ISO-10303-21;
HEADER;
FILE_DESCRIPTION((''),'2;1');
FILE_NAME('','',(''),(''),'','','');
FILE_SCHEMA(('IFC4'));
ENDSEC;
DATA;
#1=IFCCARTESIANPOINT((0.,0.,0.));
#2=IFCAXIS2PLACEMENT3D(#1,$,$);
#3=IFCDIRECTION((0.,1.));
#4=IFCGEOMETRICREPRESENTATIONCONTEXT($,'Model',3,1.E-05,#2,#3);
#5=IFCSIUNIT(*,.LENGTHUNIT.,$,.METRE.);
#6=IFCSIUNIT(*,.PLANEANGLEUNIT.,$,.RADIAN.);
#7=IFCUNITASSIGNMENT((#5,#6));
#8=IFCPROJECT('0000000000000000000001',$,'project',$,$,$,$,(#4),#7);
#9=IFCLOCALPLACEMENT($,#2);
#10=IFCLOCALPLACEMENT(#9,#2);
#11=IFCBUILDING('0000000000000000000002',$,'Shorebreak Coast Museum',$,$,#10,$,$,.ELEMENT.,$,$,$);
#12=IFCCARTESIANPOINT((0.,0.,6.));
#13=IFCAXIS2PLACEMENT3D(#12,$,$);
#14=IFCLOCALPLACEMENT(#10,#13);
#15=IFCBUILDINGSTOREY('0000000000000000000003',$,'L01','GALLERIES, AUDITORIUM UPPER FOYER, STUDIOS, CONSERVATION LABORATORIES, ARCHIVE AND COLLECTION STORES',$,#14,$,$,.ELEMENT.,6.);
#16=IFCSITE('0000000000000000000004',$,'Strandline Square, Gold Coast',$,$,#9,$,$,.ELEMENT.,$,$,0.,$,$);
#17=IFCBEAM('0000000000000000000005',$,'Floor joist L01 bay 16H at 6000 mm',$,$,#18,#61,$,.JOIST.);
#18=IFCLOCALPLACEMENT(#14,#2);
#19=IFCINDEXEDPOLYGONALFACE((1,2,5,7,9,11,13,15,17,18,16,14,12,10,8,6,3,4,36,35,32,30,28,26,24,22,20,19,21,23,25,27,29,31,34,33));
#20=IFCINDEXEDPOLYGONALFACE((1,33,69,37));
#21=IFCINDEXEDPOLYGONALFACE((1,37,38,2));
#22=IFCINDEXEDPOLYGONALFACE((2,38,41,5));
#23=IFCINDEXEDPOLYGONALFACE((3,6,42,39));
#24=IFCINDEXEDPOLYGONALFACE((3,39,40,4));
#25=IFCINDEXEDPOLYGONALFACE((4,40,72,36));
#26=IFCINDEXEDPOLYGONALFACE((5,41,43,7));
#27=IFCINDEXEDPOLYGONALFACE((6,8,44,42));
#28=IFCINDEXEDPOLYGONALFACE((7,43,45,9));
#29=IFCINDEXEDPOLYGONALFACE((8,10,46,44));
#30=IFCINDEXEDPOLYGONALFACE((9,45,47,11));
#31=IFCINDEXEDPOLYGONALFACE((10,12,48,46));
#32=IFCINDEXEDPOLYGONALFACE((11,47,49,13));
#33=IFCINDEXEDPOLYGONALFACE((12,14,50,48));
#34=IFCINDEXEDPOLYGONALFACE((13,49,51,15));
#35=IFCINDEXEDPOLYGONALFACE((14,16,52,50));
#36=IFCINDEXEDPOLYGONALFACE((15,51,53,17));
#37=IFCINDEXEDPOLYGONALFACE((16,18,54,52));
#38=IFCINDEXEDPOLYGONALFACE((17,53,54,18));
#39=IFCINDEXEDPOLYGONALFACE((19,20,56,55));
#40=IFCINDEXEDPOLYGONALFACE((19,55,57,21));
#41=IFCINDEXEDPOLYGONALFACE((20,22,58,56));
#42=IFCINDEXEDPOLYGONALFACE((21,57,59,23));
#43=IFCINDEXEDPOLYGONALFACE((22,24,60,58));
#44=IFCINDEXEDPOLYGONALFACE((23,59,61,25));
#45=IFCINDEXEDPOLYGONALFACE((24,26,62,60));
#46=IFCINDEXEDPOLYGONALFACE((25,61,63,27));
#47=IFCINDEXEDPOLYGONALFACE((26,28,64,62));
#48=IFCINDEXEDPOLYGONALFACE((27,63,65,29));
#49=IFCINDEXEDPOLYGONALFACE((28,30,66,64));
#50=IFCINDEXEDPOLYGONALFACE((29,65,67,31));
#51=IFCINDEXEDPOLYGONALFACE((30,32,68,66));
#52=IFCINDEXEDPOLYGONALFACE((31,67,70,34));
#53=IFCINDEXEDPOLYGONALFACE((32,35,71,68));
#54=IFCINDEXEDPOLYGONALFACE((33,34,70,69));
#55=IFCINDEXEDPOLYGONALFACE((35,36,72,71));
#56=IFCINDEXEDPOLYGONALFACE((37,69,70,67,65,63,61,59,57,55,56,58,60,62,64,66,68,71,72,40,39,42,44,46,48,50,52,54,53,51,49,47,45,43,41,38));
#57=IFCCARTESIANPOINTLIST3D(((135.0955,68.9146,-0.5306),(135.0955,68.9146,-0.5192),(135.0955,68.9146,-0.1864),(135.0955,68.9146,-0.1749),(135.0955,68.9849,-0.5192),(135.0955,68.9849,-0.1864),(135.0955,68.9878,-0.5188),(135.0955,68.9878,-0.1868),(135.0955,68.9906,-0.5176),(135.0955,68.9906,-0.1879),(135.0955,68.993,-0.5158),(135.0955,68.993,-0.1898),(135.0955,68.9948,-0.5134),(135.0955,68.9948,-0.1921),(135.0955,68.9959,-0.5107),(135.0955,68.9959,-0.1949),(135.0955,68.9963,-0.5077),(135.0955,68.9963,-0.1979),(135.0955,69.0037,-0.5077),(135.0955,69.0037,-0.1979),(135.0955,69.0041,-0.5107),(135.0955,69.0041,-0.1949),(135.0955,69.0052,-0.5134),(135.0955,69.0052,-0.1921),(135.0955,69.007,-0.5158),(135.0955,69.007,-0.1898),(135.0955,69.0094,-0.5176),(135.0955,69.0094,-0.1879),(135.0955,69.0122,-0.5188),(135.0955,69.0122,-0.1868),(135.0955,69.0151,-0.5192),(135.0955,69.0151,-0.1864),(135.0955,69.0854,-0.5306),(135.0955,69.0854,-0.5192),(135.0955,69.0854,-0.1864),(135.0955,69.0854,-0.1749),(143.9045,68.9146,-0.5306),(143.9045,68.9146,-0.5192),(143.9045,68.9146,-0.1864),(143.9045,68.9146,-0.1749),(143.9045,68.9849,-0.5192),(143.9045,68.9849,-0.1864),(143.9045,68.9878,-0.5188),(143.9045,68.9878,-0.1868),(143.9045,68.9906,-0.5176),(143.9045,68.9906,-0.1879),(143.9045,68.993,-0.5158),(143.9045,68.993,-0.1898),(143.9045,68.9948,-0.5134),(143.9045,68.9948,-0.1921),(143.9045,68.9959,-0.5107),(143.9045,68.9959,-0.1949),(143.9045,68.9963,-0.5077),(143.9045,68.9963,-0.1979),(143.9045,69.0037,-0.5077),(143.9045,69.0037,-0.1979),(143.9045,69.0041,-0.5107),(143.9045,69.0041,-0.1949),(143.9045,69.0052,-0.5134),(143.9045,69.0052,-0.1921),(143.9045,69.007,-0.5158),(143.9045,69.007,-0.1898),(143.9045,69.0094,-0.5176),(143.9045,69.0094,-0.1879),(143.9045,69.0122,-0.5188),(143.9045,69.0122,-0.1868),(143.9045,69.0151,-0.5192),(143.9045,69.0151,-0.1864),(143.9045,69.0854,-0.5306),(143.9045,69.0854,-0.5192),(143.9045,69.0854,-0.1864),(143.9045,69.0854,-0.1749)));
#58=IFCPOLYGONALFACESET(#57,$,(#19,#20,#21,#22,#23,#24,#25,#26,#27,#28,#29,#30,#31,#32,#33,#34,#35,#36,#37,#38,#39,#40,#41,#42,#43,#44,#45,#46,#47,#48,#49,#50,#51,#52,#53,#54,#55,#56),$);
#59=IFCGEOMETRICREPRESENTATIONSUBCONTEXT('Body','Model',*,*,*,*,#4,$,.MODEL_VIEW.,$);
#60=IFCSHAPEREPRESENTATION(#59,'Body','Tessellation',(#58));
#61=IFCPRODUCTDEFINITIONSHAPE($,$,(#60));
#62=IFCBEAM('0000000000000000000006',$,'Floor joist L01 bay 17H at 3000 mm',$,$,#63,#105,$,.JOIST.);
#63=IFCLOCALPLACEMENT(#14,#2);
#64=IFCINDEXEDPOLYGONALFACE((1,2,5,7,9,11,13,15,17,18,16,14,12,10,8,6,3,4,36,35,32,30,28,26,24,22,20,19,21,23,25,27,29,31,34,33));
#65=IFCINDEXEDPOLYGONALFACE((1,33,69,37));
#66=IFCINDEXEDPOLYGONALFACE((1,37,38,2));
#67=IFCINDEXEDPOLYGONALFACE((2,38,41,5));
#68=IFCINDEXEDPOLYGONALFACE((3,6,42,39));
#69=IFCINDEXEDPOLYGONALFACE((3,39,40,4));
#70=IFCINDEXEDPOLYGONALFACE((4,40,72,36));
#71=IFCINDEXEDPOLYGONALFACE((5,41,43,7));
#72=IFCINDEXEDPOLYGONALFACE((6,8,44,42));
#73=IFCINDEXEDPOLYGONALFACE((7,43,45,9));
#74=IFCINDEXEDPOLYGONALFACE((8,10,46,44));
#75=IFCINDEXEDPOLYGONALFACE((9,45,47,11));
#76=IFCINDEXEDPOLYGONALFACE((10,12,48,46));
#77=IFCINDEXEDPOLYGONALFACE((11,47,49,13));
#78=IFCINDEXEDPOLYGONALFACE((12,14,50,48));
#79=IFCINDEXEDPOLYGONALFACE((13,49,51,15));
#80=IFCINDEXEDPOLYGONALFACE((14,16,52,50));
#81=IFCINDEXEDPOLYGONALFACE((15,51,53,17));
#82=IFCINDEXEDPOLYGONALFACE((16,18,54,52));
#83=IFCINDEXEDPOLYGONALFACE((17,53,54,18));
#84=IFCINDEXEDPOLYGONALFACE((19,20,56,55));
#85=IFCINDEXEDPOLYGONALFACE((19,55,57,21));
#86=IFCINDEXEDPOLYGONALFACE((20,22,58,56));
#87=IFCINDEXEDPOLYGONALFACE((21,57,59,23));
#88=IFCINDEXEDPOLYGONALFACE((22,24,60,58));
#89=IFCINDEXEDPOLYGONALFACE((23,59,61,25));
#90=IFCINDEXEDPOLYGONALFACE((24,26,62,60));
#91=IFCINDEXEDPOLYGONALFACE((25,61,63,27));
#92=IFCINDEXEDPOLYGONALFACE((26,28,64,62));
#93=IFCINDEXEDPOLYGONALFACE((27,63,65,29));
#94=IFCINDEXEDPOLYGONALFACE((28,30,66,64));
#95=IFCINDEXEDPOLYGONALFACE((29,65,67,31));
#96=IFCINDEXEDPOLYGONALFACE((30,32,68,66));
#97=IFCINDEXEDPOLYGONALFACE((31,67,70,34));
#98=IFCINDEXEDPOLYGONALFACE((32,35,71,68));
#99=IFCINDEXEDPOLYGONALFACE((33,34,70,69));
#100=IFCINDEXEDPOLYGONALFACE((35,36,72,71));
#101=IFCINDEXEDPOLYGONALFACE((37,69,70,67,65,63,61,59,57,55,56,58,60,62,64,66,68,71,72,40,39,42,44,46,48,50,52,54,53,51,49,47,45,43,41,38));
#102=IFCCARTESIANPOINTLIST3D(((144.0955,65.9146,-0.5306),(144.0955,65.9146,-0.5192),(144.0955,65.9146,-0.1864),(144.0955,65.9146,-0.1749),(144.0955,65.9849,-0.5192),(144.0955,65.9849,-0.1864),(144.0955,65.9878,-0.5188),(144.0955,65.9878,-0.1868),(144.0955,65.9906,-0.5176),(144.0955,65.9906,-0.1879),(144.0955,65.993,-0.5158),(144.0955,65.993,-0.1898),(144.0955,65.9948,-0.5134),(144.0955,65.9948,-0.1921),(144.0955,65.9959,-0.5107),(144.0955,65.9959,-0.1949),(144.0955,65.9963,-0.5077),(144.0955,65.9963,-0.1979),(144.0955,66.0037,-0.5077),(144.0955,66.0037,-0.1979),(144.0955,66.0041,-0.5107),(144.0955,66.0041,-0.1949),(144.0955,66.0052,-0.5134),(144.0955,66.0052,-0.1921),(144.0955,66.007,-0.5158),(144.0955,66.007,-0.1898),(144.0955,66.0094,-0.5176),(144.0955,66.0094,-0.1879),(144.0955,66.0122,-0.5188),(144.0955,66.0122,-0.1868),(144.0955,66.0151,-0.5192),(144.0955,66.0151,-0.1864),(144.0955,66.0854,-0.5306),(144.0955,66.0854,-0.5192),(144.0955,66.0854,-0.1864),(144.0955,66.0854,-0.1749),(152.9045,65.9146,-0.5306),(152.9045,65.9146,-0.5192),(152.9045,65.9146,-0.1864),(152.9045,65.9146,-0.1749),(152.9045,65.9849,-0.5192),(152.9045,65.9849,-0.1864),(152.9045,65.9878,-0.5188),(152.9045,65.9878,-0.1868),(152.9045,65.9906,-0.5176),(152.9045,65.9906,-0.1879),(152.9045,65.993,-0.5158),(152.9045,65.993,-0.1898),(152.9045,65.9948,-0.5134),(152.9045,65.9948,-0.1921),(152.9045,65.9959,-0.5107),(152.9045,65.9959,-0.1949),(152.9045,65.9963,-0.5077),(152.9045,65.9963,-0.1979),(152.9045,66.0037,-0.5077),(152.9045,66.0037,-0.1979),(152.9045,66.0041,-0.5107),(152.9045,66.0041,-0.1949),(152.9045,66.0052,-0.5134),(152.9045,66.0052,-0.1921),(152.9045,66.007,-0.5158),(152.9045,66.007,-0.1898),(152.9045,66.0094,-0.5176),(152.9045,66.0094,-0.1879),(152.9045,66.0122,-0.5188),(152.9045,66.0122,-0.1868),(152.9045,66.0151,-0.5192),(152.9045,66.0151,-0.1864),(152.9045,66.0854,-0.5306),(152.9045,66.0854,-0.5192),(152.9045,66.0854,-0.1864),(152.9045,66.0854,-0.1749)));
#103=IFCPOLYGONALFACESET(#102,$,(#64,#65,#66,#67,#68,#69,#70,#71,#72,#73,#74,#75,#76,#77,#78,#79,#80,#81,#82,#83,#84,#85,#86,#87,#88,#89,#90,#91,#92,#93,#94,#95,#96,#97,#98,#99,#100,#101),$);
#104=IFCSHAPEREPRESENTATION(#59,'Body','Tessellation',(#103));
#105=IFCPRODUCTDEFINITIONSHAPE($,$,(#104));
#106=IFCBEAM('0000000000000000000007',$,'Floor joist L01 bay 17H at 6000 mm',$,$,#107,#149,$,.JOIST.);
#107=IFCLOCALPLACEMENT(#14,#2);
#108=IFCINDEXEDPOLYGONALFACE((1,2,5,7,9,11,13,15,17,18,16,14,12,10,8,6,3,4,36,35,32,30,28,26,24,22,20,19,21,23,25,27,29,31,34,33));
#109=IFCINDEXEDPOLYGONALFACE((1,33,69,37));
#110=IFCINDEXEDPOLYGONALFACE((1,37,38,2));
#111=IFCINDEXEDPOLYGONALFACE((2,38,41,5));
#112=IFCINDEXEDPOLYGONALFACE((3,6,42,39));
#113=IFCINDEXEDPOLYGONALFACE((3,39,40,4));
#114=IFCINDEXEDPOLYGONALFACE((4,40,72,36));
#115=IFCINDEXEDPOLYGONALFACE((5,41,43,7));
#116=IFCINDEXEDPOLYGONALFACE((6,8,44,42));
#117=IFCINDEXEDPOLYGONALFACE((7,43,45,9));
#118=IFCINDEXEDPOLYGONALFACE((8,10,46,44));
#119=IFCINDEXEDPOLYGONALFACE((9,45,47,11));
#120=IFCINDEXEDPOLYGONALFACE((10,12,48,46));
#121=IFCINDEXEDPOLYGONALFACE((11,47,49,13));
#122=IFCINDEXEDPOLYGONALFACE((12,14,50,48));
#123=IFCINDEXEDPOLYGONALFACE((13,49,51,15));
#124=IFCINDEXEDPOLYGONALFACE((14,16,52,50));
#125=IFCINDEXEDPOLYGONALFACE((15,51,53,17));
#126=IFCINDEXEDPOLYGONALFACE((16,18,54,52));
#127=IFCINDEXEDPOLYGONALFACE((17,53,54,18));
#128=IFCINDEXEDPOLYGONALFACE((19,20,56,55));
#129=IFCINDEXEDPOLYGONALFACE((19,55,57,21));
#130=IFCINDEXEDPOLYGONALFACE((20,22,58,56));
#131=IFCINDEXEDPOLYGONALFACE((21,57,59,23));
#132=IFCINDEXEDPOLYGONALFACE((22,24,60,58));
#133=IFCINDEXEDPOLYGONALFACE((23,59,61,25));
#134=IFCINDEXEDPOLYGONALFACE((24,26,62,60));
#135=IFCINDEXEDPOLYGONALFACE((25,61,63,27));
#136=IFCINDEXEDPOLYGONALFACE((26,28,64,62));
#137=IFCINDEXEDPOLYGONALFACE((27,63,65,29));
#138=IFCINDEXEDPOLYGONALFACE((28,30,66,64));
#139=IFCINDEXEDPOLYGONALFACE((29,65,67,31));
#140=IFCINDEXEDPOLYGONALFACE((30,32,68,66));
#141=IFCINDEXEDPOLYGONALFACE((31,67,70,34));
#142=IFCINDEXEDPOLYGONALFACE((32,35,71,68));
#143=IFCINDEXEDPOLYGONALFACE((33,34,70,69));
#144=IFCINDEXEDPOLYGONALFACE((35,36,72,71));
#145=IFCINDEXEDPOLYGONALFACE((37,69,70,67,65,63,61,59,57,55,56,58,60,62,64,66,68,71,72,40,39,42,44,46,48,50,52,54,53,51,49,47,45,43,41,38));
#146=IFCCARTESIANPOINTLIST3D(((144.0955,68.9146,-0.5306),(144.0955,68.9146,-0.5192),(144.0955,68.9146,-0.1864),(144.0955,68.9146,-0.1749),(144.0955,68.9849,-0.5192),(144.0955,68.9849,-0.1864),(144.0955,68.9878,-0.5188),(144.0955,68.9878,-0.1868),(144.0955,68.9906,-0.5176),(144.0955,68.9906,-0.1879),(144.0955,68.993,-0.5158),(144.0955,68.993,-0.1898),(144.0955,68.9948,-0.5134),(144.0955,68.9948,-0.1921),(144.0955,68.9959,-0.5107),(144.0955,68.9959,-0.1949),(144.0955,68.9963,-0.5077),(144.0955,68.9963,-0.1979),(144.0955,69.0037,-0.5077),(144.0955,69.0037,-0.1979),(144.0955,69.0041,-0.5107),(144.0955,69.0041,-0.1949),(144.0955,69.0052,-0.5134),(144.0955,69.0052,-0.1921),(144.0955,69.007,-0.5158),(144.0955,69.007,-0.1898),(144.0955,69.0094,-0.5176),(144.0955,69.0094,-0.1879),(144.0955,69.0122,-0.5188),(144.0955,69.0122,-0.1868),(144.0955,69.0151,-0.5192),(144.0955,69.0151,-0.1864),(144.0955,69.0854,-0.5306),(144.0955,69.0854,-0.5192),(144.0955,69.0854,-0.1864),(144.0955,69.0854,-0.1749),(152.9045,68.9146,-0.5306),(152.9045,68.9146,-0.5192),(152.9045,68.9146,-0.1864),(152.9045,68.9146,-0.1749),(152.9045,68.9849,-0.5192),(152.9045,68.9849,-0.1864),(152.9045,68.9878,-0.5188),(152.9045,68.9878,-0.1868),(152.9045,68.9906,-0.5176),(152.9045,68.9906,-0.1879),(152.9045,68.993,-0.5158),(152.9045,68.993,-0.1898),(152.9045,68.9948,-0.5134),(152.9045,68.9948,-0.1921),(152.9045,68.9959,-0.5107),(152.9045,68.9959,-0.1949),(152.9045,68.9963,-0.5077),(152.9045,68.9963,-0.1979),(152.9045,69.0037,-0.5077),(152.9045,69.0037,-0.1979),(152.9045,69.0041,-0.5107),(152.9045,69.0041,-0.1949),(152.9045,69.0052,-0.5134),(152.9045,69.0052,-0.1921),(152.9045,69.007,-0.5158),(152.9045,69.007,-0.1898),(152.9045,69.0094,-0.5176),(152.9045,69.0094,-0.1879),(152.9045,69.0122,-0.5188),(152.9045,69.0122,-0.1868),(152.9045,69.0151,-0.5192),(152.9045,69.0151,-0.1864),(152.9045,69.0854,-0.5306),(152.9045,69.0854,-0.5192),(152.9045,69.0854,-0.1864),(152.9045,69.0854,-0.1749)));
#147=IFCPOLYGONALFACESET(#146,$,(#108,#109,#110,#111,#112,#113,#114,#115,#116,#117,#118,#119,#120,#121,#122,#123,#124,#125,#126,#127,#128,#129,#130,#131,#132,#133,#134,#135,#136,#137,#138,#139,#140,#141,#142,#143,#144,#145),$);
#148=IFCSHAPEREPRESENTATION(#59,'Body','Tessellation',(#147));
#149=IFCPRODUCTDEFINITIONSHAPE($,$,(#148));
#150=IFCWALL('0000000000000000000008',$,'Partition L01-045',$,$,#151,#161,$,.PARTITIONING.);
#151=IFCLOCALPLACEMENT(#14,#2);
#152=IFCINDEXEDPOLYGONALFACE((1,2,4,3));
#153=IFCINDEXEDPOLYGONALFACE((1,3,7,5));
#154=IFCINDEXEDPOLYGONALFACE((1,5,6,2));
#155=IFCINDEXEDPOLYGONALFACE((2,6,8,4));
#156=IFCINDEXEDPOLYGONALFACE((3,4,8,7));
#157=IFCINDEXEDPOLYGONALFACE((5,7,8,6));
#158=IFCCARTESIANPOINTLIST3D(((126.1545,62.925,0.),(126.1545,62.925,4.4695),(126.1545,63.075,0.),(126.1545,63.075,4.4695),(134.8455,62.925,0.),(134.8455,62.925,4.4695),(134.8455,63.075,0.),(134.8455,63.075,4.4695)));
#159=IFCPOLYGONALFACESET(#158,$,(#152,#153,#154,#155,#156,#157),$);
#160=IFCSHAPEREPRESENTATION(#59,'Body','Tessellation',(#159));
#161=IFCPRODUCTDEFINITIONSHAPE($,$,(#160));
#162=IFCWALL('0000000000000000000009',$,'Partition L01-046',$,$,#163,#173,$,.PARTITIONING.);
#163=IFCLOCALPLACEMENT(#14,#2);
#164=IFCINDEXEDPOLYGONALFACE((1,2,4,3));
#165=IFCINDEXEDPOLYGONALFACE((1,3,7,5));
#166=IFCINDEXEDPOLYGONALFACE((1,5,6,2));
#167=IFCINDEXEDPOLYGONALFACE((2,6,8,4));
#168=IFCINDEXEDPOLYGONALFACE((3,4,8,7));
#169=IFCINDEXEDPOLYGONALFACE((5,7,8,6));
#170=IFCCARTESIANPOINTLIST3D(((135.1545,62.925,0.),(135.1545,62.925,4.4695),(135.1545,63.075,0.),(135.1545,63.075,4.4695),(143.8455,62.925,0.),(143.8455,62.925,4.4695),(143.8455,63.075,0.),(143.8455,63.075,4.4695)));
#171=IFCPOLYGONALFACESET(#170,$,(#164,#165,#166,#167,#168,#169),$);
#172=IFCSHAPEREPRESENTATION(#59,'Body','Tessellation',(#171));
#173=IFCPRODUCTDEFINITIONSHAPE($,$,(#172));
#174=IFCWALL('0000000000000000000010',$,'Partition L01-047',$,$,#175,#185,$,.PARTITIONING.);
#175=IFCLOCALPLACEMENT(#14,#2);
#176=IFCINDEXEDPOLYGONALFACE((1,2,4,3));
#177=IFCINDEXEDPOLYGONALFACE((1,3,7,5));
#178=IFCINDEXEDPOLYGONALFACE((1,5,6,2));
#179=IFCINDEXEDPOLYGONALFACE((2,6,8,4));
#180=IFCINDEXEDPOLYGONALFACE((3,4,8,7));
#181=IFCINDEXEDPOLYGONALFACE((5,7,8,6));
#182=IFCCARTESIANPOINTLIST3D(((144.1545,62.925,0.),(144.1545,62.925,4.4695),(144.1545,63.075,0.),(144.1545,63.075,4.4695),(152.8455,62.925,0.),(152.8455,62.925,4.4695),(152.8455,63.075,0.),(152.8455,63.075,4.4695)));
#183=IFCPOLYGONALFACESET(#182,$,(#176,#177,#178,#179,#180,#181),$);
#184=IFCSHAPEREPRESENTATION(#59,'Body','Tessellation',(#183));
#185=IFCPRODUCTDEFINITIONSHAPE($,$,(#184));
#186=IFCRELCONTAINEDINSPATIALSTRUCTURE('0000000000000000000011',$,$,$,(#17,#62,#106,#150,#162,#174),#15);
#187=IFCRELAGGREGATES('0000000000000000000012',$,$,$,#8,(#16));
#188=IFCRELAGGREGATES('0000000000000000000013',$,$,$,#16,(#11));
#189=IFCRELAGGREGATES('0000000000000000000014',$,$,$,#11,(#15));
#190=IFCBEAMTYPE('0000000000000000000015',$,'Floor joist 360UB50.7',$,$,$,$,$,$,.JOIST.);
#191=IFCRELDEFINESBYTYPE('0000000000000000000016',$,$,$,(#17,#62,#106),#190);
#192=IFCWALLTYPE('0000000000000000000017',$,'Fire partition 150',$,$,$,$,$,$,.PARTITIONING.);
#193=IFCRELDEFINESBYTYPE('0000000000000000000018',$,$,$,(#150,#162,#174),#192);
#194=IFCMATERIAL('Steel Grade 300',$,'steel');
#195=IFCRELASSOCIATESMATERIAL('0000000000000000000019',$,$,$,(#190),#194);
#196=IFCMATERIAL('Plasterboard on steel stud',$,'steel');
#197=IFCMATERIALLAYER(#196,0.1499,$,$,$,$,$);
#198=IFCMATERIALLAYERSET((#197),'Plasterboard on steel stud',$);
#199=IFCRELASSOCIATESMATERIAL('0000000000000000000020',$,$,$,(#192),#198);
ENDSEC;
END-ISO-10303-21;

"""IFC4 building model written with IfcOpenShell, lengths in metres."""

from ifc_helpers import new_model, si_unit, direction, frame, frame_2d, origin, origin_2d, place, context, subcontext, project, spatial, rectangle, i_section, extrude, material, layer, layer_set, material_profile, profile_set, type_object, element, save


model = new_model("IFC4")

# Units and contexts
model_context = context("Model", 3, precision=1e-05, world=origin(), true_north=direction((0.0, 1.0)))
body_context = subcontext(model_context, "Body", "Model", "MODEL_VIEW")
ifc_project = project(units=[si_unit("LENGTHUNIT", "METRE"), si_unit("PLANEANGLEUNIT", "RADIAN")], contexts=[model_context])

# Site, building, storey
site_placement = place(None, origin())
site = spatial("IfcSite", under=ifc_project, at=site_placement, Name="Strandline Square, Gold Coast", CompositionType="ELEMENT", RefElevation=0.0)
building_placement = place(site_placement, origin())
building = spatial("IfcBuilding", under=site, at=building_placement, Name="Shorebreak Coast Museum", CompositionType="ELEMENT")
storey_placement = place(building_placement, frame((0.0, 0.0, 6.0)))
storey = spatial("IfcBuildingStorey", under=building, at=storey_placement, Name="L01", Description="GALLERIES, AUDITORIUM UPPER FOYER, STUDIOS, CONSERVATION LABORATORIES, ARCHIVE AND COLLECTION STORES", CompositionType="ELEMENT", Elevation=6.0)

# Beams
ifc_material_1 = material(Name="Steel Grade 300", Category="steel")
ifc_material_profile_1 = material_profile(ifc_material_1, i_section(OverallWidth=0.1709, OverallDepth=0.3557, WebThickness=0.0073, FlangeThickness=0.0115, FilletRadius=0.0115, at=origin_2d()), Name="360UB50.7")
ifc_profile_set_1 = profile_set([ifc_material_profile_1], Name="Steel Grade 300")
beam_type_1 = type_object("IfcBeamType", Name="Floor joist 360UB50.7", PredefinedType="JOIST", material=ifc_profile_set_1)
for number, where, z_axis, x_axis, name in (
    (1, (135.0955, 69.0, -0.3528), (1.0, 0.0, 0.0), (0.0, 1.0, 0.0), "Floor joist L01 bay 16H at 6000 mm"),
    (2, (144.0955, 66.0, -0.3528), (1.0, 0.0, 0.0), (0.0, 1.0, 0.0), "Floor joist L01 bay 17H at 3000 mm"),
    (3, (144.0955, 69.0, -0.3528), (1.0, 0.0, 0.0), (0.0, 1.0, 0.0), "Floor joist L01 bay 17H at 6000 mm"),
):
    element("IfcBeam", number, at=place(storey_placement, frame(where, z_axis=z_axis, x_axis=x_axis)), inside=storey, type_object=beam_type_1, Name=name, PredefinedType="JOIST", context=body_context, shape_type="SweptSolid", body=[
        extrude(i_section(OverallWidth=0.1709, OverallDepth=0.3557, WebThickness=0.0073, FlangeThickness=0.0115, FilletRadius=0.0115, at=origin_2d()), origin(), (0.0, 0.0, 1.0), 8.8091),
    ])

# Walls
ifc_material_2 = material(Name="Plasterboard on steel stud", Category="steel")
ifc_layer_1 = layer(ifc_material_2, 0.1499)
ifc_layer_set_1 = layer_set([ifc_layer_1], Name="Plasterboard on steel stud")
wall_type_1 = type_object("IfcWallType", Name="Fire partition 150", PredefinedType="PARTITIONING", material=ifc_layer_set_1)
for number, where, z_axis, x_axis, name in (
    (4, (126.1545, 63.0, 0.0), (0.0, 0.0, 1.0), (1.0, 0.0, 0.0), "Partition L01-045"),
    (5, (135.1545, 63.0, 0.0), (0.0, 0.0, 1.0), (1.0, 0.0, 0.0), "Partition L01-046"),
    (6, (144.1545, 63.0, 0.0), (0.0, 0.0, 1.0), (1.0, 0.0, 0.0), "Partition L01-047"),
):
    element("IfcWall", number, at=place(storey_placement, frame(where, z_axis=z_axis, x_axis=x_axis)), inside=storey, type_object=wall_type_1, Name=name, PredefinedType="PARTITIONING", context=body_context, shape_type="SweptSolid", body=[
        extrude(rectangle(XDim=8.6909, YDim=0.1499, at=frame_2d((4.3455, 0.0))), origin(), (0.0, 0.0, 1.0), 4.4695),
    ])

save(model, "model.ifc")
